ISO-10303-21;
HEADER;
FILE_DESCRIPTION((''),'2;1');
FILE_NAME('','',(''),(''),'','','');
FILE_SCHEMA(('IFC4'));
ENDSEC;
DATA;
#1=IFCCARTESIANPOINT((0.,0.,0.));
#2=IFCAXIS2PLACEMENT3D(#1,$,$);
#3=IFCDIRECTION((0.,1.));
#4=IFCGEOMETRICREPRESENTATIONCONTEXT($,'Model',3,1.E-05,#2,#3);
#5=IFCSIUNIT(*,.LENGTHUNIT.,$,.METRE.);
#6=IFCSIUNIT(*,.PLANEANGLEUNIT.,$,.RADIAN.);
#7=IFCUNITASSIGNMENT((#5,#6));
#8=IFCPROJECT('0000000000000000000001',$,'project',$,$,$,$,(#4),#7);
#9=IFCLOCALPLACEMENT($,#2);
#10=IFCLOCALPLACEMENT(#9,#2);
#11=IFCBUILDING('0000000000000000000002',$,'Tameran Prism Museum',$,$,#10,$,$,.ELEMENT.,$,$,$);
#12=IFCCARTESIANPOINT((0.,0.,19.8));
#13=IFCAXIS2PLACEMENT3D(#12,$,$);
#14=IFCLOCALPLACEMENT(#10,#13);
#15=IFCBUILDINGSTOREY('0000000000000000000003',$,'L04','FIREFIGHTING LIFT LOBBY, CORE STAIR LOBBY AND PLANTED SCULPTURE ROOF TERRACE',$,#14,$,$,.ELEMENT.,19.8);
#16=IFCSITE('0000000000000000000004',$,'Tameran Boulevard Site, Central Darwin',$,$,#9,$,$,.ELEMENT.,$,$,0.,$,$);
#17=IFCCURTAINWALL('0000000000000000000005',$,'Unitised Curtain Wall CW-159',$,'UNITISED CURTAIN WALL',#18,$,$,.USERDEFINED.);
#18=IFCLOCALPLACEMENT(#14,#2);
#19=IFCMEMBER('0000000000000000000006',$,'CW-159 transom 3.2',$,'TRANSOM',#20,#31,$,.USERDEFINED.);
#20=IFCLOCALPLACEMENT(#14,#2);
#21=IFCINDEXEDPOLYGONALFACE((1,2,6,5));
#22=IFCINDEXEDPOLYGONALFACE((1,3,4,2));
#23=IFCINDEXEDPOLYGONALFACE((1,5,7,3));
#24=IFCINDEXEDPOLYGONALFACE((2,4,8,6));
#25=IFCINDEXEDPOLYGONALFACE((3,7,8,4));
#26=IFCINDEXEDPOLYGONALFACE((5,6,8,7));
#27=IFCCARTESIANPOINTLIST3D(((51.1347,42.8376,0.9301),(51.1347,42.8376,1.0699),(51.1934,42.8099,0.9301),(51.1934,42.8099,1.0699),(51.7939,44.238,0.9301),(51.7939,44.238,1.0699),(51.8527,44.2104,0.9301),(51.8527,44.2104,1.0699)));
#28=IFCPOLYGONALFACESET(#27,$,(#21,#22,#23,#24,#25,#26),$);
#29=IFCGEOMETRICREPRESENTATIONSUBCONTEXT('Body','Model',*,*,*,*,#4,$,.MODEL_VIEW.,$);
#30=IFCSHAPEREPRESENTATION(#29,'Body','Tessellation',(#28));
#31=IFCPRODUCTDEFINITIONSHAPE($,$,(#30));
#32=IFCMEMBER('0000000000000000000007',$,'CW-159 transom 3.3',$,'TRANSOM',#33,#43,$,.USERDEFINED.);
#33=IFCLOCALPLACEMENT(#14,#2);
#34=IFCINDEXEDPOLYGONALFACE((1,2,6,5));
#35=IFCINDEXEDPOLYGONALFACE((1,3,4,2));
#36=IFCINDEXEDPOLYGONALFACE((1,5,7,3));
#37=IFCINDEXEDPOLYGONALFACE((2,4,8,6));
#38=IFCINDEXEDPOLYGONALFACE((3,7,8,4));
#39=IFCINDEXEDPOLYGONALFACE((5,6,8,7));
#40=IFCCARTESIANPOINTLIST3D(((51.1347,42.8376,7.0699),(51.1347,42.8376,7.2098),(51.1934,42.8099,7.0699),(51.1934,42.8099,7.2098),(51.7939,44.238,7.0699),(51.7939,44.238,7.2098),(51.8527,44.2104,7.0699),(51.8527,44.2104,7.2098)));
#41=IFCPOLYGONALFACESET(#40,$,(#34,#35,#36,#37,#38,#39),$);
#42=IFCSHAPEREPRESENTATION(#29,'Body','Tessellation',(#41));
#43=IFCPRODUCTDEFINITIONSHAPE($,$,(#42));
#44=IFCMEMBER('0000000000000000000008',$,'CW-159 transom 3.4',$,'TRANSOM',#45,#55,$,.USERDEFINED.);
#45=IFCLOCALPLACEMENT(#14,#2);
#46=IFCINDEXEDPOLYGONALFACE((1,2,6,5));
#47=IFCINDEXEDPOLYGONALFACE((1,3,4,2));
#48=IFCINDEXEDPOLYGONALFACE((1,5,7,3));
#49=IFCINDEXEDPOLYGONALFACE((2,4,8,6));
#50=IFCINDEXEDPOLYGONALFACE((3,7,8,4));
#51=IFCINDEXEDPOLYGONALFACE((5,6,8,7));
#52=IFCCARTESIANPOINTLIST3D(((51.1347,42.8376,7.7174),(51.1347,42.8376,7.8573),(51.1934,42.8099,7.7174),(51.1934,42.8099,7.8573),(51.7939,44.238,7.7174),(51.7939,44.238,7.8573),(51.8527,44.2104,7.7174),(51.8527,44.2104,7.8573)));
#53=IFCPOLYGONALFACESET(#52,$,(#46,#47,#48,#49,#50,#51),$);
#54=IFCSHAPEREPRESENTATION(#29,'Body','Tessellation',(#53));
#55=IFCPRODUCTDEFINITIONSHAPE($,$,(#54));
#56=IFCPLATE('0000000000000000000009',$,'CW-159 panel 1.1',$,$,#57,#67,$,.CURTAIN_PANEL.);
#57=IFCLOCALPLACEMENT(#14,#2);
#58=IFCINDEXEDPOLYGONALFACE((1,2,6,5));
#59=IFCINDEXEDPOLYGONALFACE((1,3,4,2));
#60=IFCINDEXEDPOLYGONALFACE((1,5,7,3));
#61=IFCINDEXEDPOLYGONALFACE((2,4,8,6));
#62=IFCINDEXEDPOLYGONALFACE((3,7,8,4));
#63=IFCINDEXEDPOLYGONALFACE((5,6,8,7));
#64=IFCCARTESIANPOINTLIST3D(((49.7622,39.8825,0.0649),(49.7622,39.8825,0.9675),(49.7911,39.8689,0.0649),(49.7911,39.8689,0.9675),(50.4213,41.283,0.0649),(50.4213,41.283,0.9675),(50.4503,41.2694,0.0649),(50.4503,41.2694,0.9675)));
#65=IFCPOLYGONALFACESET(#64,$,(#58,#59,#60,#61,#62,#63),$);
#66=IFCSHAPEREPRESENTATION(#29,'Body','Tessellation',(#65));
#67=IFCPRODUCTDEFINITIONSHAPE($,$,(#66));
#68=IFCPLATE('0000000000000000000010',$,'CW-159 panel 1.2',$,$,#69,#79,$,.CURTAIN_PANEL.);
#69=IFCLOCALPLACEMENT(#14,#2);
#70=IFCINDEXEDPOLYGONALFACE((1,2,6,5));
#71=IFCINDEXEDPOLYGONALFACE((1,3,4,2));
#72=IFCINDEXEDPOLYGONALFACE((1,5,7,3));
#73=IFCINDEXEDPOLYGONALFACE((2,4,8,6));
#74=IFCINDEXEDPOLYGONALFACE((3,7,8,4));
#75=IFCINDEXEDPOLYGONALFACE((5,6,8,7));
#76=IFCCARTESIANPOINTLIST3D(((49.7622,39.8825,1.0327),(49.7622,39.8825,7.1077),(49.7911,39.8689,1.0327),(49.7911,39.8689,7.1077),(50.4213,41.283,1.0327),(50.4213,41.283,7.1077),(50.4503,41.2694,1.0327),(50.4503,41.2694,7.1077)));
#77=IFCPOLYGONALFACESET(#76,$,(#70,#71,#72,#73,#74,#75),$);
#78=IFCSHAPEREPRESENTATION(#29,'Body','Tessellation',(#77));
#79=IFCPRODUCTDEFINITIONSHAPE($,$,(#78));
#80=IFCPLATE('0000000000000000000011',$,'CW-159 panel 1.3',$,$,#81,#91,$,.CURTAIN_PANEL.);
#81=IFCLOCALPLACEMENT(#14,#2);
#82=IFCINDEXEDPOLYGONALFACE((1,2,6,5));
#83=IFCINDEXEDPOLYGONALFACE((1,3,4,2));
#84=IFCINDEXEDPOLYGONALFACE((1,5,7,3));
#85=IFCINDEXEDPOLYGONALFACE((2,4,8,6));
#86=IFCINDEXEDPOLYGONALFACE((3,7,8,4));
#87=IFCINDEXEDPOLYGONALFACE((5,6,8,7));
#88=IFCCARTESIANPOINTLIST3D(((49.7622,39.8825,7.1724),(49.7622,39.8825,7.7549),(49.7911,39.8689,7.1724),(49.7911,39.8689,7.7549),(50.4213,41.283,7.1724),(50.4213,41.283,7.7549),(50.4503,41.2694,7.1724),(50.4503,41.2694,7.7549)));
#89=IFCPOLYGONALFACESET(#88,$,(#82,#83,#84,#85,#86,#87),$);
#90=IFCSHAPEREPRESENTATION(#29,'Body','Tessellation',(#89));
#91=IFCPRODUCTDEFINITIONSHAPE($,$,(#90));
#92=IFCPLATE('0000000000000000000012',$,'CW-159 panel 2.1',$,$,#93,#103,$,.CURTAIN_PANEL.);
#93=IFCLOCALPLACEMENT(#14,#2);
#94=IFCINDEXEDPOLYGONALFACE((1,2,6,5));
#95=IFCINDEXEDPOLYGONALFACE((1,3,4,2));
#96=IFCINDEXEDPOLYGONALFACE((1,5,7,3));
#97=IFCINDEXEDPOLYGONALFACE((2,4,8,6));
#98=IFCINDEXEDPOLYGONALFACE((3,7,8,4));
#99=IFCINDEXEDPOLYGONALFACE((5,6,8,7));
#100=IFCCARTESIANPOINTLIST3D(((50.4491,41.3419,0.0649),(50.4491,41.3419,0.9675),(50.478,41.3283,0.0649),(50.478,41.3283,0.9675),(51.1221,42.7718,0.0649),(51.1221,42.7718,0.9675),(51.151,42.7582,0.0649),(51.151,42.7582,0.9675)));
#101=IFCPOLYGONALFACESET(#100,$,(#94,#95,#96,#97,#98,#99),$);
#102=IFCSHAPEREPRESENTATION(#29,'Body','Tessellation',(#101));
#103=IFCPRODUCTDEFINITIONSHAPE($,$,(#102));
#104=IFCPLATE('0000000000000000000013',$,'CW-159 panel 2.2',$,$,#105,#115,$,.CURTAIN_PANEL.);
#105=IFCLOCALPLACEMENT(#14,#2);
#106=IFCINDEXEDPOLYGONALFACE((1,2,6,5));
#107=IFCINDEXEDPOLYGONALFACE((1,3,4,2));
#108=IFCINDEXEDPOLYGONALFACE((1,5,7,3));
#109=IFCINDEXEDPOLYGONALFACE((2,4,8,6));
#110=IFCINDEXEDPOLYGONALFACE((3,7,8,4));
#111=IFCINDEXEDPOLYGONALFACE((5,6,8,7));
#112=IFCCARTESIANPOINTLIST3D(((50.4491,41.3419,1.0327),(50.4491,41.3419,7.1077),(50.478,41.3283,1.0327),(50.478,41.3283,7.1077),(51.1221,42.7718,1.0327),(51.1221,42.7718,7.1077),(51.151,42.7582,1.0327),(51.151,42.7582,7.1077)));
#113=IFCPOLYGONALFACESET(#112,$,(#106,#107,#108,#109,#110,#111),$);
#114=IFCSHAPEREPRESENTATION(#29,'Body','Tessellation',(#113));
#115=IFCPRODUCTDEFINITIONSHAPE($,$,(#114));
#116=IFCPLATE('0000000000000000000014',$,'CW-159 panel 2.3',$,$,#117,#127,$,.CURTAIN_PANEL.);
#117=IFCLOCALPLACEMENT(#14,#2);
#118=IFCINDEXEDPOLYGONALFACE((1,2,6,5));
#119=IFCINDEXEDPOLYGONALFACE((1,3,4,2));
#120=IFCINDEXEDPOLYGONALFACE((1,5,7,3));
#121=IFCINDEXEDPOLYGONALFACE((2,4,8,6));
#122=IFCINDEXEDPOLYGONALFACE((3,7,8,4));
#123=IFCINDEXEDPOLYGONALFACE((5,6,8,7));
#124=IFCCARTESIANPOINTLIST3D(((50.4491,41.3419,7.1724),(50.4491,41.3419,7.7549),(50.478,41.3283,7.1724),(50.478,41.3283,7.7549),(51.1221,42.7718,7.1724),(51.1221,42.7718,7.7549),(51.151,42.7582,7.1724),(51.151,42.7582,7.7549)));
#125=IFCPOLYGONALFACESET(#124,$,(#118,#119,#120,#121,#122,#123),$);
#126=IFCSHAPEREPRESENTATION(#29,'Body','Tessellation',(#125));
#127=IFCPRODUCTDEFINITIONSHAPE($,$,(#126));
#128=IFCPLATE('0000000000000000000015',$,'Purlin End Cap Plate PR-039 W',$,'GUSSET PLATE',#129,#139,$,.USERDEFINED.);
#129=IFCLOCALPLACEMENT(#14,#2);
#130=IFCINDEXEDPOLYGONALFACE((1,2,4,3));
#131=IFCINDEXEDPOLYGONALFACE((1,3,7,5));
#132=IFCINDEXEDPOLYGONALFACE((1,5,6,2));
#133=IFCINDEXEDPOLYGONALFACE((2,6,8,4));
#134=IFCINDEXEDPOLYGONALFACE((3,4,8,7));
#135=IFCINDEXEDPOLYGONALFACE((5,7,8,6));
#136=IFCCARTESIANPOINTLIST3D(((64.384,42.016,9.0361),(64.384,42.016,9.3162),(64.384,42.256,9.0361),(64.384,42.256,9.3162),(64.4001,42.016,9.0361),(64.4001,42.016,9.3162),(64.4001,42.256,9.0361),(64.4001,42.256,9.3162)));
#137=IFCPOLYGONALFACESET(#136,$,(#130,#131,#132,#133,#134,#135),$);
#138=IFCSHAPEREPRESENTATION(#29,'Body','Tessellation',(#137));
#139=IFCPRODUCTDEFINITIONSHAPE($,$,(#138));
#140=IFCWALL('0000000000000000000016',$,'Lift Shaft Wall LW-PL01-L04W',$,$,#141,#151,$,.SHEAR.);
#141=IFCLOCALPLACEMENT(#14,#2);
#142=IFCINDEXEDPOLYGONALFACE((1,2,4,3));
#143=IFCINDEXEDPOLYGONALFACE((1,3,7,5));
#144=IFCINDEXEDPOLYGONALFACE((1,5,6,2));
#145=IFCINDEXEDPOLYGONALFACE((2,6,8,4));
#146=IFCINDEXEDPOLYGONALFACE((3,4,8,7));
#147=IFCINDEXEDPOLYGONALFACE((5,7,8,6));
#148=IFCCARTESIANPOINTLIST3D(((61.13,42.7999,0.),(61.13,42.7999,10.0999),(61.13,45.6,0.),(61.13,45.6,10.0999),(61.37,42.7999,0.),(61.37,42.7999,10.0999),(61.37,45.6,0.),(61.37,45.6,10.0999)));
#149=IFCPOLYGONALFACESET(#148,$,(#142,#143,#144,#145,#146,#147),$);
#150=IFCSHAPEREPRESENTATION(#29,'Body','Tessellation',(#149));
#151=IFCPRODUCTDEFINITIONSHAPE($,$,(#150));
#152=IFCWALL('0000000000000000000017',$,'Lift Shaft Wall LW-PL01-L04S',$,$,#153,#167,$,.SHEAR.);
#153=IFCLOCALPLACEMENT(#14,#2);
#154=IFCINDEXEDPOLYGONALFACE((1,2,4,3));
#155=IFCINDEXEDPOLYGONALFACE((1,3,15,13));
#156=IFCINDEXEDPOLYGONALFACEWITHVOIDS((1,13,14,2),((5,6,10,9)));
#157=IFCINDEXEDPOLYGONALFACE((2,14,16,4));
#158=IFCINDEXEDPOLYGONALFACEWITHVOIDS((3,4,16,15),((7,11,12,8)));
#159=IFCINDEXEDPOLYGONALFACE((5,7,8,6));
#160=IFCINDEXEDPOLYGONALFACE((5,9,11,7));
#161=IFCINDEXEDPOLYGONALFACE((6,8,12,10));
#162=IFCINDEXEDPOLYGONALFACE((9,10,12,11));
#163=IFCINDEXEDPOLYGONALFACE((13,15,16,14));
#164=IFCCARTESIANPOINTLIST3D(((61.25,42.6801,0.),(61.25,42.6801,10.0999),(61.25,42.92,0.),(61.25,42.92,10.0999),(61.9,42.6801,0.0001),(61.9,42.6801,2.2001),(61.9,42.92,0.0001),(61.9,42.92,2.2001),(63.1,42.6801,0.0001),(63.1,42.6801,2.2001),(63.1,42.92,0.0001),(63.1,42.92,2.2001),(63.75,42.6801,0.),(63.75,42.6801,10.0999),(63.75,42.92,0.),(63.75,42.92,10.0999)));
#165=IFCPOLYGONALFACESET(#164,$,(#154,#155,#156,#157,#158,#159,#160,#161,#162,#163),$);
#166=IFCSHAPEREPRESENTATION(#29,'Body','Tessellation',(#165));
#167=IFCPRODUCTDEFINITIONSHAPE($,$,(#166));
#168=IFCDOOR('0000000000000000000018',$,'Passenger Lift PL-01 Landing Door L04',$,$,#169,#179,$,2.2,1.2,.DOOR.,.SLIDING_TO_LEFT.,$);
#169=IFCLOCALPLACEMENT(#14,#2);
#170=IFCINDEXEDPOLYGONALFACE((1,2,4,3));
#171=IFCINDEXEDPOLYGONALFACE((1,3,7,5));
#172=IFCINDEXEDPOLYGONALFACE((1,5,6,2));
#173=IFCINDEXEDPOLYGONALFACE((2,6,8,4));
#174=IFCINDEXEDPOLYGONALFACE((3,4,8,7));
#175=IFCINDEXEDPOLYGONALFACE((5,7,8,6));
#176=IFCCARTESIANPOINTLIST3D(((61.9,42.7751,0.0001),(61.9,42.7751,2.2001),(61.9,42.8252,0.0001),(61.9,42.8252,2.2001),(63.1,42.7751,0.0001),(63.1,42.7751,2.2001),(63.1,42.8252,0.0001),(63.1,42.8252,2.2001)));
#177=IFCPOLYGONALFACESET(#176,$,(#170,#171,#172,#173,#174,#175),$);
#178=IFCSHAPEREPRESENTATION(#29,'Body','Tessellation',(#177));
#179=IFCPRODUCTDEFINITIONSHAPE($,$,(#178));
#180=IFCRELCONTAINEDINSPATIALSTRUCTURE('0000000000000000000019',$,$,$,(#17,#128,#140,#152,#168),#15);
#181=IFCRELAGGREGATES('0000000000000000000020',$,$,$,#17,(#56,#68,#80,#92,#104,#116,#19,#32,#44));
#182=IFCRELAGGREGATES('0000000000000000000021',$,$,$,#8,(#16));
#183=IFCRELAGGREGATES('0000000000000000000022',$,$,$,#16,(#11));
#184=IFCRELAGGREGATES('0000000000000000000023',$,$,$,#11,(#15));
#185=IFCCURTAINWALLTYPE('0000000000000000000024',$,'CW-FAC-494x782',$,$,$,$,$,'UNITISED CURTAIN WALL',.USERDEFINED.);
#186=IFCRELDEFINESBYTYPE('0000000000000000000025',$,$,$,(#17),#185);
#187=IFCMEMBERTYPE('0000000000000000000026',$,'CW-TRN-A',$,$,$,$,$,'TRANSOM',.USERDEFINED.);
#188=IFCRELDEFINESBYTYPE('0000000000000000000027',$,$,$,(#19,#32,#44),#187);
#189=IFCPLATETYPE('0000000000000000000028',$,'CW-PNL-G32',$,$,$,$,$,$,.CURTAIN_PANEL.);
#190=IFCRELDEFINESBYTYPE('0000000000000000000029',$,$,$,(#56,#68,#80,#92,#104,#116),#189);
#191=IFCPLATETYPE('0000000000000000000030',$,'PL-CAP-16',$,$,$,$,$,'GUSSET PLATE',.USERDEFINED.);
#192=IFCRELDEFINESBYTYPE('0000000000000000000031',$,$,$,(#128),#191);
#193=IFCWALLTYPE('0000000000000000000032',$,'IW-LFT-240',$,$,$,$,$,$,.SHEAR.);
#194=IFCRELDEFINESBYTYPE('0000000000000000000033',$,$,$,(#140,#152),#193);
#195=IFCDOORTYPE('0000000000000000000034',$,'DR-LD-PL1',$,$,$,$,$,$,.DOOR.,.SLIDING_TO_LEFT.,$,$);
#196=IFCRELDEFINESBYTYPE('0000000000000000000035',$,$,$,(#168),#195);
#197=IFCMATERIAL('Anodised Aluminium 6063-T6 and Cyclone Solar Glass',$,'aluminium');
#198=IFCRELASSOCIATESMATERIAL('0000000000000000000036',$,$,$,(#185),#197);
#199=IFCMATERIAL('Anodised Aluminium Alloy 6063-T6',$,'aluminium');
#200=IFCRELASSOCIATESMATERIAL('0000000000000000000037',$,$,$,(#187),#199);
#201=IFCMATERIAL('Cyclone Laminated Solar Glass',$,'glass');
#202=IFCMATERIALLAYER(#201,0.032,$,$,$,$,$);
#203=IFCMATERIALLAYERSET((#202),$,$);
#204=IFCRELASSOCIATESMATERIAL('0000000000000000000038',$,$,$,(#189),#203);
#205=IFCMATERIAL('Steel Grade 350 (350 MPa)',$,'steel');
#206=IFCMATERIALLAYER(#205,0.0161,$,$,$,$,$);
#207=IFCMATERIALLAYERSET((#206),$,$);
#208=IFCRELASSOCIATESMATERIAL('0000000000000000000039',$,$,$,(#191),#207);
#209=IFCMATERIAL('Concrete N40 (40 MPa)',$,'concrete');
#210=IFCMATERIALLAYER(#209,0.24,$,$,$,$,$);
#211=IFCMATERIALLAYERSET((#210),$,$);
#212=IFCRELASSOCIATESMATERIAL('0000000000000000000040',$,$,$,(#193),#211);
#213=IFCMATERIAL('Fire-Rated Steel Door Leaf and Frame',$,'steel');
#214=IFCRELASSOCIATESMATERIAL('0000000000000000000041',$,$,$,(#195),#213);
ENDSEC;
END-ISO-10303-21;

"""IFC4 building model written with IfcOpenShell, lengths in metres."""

from ifc_helpers import new_model, si_unit, direction, frame, frame_2d, origin, origin_2d, place, context, subcontext, project, spatial, rectangle, extrude, material, layer, layer_set, material_profile, profile_set, type_object, element, fill, aggregate, save


model = new_model("IFC4")

# Units and contexts
model_context = context("Model", 3, precision=1e-05, world=origin(), true_north=direction((0.0, 1.0)))
body_context = subcontext(model_context, "Body", "Model", "MODEL_VIEW")
ifc_project = project(units=[si_unit("LENGTHUNIT", "METRE"), si_unit("PLANEANGLEUNIT", "RADIAN")], contexts=[model_context])

# Site, building, storey
site_placement = place(None, origin())
site = spatial("IfcSite", under=ifc_project, at=site_placement, Name="Tameran Boulevard Site, Central Darwin", CompositionType="ELEMENT", RefElevation=0.0)
building_placement = place(site_placement, origin())
building = spatial("IfcBuilding", under=site, at=building_placement, Name="Tameran Prism Museum", CompositionType="ELEMENT")
storey_placement = place(building_placement, frame((0.0, 0.0, 19.8)))
storey = spatial("IfcBuildingStorey", under=building, at=storey_placement, Name="L04", Description="FIREFIGHTING LIFT LOBBY, CORE STAIR LOBBY AND PLANTED SCULPTURE ROOF TERRACE", CompositionType="ELEMENT", Elevation=19.8)

# Curtain wall
ifc_material_1 = material(Name="Anodised Aluminium 6063-T6 and Cyclone Solar Glass", Category="aluminium")
curtain_wall_type_1 = type_object("IfcCurtainWallType", Name="CW-FAC-494x782", ElementType="UNITISED CURTAIN WALL", PredefinedType="USERDEFINED", material=ifc_material_1)
curtain_wall_1_placement = place(storey_placement, origin())
curtain_wall_1 = element("IfcCurtainWall", 1, at=curtain_wall_1_placement, inside=storey, type_object=curtain_wall_type_1, Name="Unitised Curtain Wall CW-159", ObjectType="UNITISED CURTAIN WALL", PredefinedType="USERDEFINED")
ifc_material_2 = material(Name="Anodised Aluminium Alloy 6063-T6", Category="aluminium")
ifc_material_profile_1 = material_profile(ifc_material_2, rectangle(XDim=0.0649, YDim=0.1399, at=origin_2d()))
ifc_profile_set_1 = profile_set([ifc_material_profile_1])
member_type_1 = type_object("IfcMemberType", Name="CW-TRN-A", ElementType="TRANSOM", PredefinedType="USERDEFINED", material=ifc_profile_set_1)

# Members
member_1_placement = place(storey_placement, frame((51.1641, 42.8237, 1.0), z_axis=(0.425888, 0.904776, 0.0), x_axis=(-0.904776, 0.425888, 0.0)))
member_1 = element("IfcMember", 2, at=member_1_placement, type_object=member_type_1, Name="CW-159 transom 3.2", ObjectType="TRANSOM", PredefinedType="USERDEFINED", context=body_context, shape_type="SweptSolid", body=[
    extrude(rectangle(XDim=0.0649, YDim=0.1399, at=origin_2d()), origin(), (0.0, 0.0, 1.0), 1.5479),
])
member_2_placement = place(storey_placement, frame((51.1641, 42.8237, 7.1399), z_axis=(0.425888, 0.904776, 0.0), x_axis=(-0.904776, 0.425888, 0.0)))
member_2 = element("IfcMember", 3, at=member_2_placement, type_object=member_type_1, Name="CW-159 transom 3.3", ObjectType="TRANSOM", PredefinedType="USERDEFINED", context=body_context, shape_type="SweptSolid", body=[
    extrude(rectangle(XDim=0.0649, YDim=0.1399, at=origin_2d()), origin(), (0.0, 0.0, 1.0), 1.5479),
])
member_3_placement = place(storey_placement, frame((51.1641, 42.8237, 7.7874), z_axis=(0.425888, 0.904776, 0.0), x_axis=(-0.904776, 0.425888, 0.0)))
member_3 = element("IfcMember", 4, at=member_3_placement, type_object=member_type_1, Name="CW-159 transom 3.4", ObjectType="TRANSOM", PredefinedType="USERDEFINED", context=body_context, shape_type="SweptSolid", body=[
    extrude(rectangle(XDim=0.0649, YDim=0.1399, at=origin_2d()), origin(), (0.0, 0.0, 1.0), 1.5479),
])

# Plates
ifc_material_3 = material(Name="Cyclone Laminated Solar Glass", Category="glass")
ifc_layer_1 = layer(ifc_material_3, 0.032)
ifc_layer_set_1 = layer_set([ifc_layer_1])
plate_type_1 = type_object("IfcPlateType", Name="CW-PNL-G32", PredefinedType="CURTAIN_PANEL", material=ifc_layer_set_1)
plate_1_placement = place(storey_placement, frame((50.1062, 40.5759, 0.0649), z_axis=(0.0, 0.0, 1.0), x_axis=(0.425856, 0.904791, 0.0)))
plate_1 = element("IfcPlate", 5, at=plate_1_placement, type_object=plate_type_1, Name="CW-159 panel 1.1", PredefinedType="CURTAIN_PANEL", context=body_context, shape_type="SweptSolid", body=[
    extrude(rectangle(XDim=1.5479, YDim=0.032, at=origin_2d()), origin(), (0.0, 0.0, 1.0), 0.9026),
])
plate_2_placement = place(storey_placement, frame((50.1062, 40.5759, 1.0327), z_axis=(0.0, 0.0, 1.0), x_axis=(0.425856, 0.904791, 0.0)))
plate_2 = element("IfcPlate", 6, at=plate_2_placement, type_object=plate_type_1, Name="CW-159 panel 1.2", PredefinedType="CURTAIN_PANEL", context=body_context, shape_type="SweptSolid", body=[
    extrude(rectangle(XDim=1.5479, YDim=0.032, at=origin_2d()), origin(), (0.0, 0.0, 1.0), 6.075),
])
plate_3_placement = place(storey_placement, frame((50.1062, 40.5759, 7.1724), z_axis=(0.0, 0.0, 1.0), x_axis=(0.425856, 0.904791, 0.0)))
plate_3 = element("IfcPlate", 7, at=plate_3_placement, type_object=plate_type_1, Name="CW-159 panel 1.3", PredefinedType="CURTAIN_PANEL", context=body_context, shape_type="SweptSolid", body=[
    extrude(rectangle(XDim=1.5479, YDim=0.032, at=origin_2d()), origin(), (0.0, 0.0, 1.0), 0.5825),
])
plate_4_placement = place(storey_placement, frame((50.8, 42.05, 0.0649), z_axis=(0.0, 0.0, 1.0), x_axis=(0.425856, 0.904791, 0.0)))
plate_4 = element("IfcPlate", 8, at=plate_4_placement, type_object=plate_type_1, Name="CW-159 panel 2.1", PredefinedType="CURTAIN_PANEL", context=body_context, shape_type="SweptSolid", body=[
    extrude(rectangle(XDim=1.5803, YDim=0.032, at=origin_2d()), origin(), (0.0, 0.0, 1.0), 0.9026),
])
plate_5_placement = place(storey_placement, frame((50.8, 42.05, 1.0327), z_axis=(0.0, 0.0, 1.0), x_axis=(0.425856, 0.904791, 0.0)))
plate_5 = element("IfcPlate", 9, at=plate_5_placement, type_object=plate_type_1, Name="CW-159 panel 2.2", PredefinedType="CURTAIN_PANEL", context=body_context, shape_type="SweptSolid", body=[
    extrude(rectangle(XDim=1.5803, YDim=0.032, at=origin_2d()), origin(), (0.0, 0.0, 1.0), 6.075),
])
plate_6_placement = place(storey_placement, frame((50.8, 42.05, 7.1724), z_axis=(0.0, 0.0, 1.0), x_axis=(0.425856, 0.904791, 0.0)))
plate_6 = element("IfcPlate", 10, at=plate_6_placement, type_object=plate_type_1, Name="CW-159 panel 2.3", PredefinedType="CURTAIN_PANEL", context=body_context, shape_type="SweptSolid", body=[
    extrude(rectangle(XDim=1.5803, YDim=0.032, at=origin_2d()), origin(), (0.0, 0.0, 1.0), 0.5825),
])
aggregate(curtain_wall_1, [plate_1, plate_2, plate_3, plate_4, plate_5, plate_6, member_1, member_2, member_3])
ifc_material_4 = material(Name="Steel Grade 350 (350 MPa)", Category="steel")
ifc_layer_2 = layer(ifc_material_4, 0.0161)
ifc_layer_set_2 = layer_set([ifc_layer_2])
plate_type_2 = type_object("IfcPlateType", Name="PL-CAP-16", ElementType="GUSSET PLATE", PredefinedType="USERDEFINED", material=ifc_layer_set_2)
plate_7_placement = place(storey_placement, frame((64.3921, 42.136, 9.0361), z_axis=(0.0, 0.0, 1.0), x_axis=(1.0, 0.0, 0.0)))
element("IfcPlate", 11, at=plate_7_placement, inside=storey, type_object=plate_type_2, Name="Purlin End Cap Plate PR-039 W", ObjectType="GUSSET PLATE", PredefinedType="USERDEFINED", context=body_context, shape_type="SweptSolid", body=[
    extrude(rectangle(XDim=0.0161, YDim=0.24, at=origin_2d()), origin(), (0.0, 0.0, 1.0), 0.28),
])

# Wall
ifc_material_5 = material(Name="Concrete N40 (40 MPa)", Category="concrete")
ifc_layer_3 = layer(ifc_material_5, 0.24)
ifc_layer_set_3 = layer_set([ifc_layer_3])
wall_type = type_object("IfcWallType", Name="IW-LFT-240", PredefinedType="SHEAR", material=ifc_layer_set_3)
wall_1_placement = place(storey_placement, frame((61.25, 42.8, 0.0), z_axis=(0.0, 0.0, 1.0), x_axis=(0.0, 1.0, 0.0)))
element("IfcWall", 12, at=wall_1_placement, inside=storey, type_object=wall_type, Name="Lift Shaft Wall LW-PL01-L04W", PredefinedType="SHEAR", context=body_context, shape_type="SweptSolid", body=[
    extrude(rectangle(XDim=2.8, YDim=0.24, at=frame_2d((1.3999, 0.0))), origin(), (0.0, 0.0, 1.0), 10.0999),
])

# Wall, opening, door
wall_2_placement = place(storey_placement, frame((63.75, 42.8, 0.0), z_axis=(0.0, 0.0, 1.0), x_axis=(-1.0, 0.0, 0.0)))
wall_2 = element("IfcWall", 13, at=wall_2_placement, inside=storey, type_object=wall_type, Name="Lift Shaft Wall LW-PL01-L04S", PredefinedType="SHEAR", context=body_context, shape_type="SweptSolid", body=[
    extrude(rectangle(XDim=2.5, YDim=0.24, at=frame_2d((1.25, 0.0))), origin(), (0.0, 0.0, 1.0), 10.0999),
])
opening_placement = place(wall_2_placement, frame((0.6499, 0.0, 0.0)))
opening = element("IfcOpeningElement", 14, at=opening_placement, cuts=wall_2, PredefinedType="OPENING", context=body_context, shape_type="SweptSolid", body=[
    extrude(rectangle(XDim=1.2, YDim=2.2, at=frame_2d((0.6001, 1.1001))), frame((0.0, 0.1299, 0.0), z_axis=(0.0, -1.0, 0.0), x_axis=(1.0, 0.0, 0.0)), (0.0, 0.0, 1.0), 0.26),
])
ifc_material_6 = material(Name="Fire-Rated Steel Door Leaf and Frame", Category="steel")
door_type = type_object("IfcDoorType", Name="DR-LD-PL1", OperationType="SLIDING_TO_LEFT", PredefinedType="DOOR", material=ifc_material_6)
door_placement = place(opening_placement, origin())
door = element("IfcDoor", 15, at=door_placement, inside=storey, type_object=door_type, Name="Passenger Lift PL-01 Landing Door L04", OperationType="SLIDING_TO_LEFT", OverallHeight=2.2, OverallWidth=1.2, PredefinedType="DOOR", context=body_context, shape_type="SweptSolid", body=[
    extrude(rectangle(XDim=1.2, YDim=2.2, at=frame_2d((0.6001, 1.1001))), frame((0.0, 0.0249, 0.0), z_axis=(0.0, -1.0, 0.0), x_axis=(1.0, 0.0, 0.0)), (0.0, 0.0, 1.0), 0.05),
])
fill(opening, door)

save(model, "model.ifc")
